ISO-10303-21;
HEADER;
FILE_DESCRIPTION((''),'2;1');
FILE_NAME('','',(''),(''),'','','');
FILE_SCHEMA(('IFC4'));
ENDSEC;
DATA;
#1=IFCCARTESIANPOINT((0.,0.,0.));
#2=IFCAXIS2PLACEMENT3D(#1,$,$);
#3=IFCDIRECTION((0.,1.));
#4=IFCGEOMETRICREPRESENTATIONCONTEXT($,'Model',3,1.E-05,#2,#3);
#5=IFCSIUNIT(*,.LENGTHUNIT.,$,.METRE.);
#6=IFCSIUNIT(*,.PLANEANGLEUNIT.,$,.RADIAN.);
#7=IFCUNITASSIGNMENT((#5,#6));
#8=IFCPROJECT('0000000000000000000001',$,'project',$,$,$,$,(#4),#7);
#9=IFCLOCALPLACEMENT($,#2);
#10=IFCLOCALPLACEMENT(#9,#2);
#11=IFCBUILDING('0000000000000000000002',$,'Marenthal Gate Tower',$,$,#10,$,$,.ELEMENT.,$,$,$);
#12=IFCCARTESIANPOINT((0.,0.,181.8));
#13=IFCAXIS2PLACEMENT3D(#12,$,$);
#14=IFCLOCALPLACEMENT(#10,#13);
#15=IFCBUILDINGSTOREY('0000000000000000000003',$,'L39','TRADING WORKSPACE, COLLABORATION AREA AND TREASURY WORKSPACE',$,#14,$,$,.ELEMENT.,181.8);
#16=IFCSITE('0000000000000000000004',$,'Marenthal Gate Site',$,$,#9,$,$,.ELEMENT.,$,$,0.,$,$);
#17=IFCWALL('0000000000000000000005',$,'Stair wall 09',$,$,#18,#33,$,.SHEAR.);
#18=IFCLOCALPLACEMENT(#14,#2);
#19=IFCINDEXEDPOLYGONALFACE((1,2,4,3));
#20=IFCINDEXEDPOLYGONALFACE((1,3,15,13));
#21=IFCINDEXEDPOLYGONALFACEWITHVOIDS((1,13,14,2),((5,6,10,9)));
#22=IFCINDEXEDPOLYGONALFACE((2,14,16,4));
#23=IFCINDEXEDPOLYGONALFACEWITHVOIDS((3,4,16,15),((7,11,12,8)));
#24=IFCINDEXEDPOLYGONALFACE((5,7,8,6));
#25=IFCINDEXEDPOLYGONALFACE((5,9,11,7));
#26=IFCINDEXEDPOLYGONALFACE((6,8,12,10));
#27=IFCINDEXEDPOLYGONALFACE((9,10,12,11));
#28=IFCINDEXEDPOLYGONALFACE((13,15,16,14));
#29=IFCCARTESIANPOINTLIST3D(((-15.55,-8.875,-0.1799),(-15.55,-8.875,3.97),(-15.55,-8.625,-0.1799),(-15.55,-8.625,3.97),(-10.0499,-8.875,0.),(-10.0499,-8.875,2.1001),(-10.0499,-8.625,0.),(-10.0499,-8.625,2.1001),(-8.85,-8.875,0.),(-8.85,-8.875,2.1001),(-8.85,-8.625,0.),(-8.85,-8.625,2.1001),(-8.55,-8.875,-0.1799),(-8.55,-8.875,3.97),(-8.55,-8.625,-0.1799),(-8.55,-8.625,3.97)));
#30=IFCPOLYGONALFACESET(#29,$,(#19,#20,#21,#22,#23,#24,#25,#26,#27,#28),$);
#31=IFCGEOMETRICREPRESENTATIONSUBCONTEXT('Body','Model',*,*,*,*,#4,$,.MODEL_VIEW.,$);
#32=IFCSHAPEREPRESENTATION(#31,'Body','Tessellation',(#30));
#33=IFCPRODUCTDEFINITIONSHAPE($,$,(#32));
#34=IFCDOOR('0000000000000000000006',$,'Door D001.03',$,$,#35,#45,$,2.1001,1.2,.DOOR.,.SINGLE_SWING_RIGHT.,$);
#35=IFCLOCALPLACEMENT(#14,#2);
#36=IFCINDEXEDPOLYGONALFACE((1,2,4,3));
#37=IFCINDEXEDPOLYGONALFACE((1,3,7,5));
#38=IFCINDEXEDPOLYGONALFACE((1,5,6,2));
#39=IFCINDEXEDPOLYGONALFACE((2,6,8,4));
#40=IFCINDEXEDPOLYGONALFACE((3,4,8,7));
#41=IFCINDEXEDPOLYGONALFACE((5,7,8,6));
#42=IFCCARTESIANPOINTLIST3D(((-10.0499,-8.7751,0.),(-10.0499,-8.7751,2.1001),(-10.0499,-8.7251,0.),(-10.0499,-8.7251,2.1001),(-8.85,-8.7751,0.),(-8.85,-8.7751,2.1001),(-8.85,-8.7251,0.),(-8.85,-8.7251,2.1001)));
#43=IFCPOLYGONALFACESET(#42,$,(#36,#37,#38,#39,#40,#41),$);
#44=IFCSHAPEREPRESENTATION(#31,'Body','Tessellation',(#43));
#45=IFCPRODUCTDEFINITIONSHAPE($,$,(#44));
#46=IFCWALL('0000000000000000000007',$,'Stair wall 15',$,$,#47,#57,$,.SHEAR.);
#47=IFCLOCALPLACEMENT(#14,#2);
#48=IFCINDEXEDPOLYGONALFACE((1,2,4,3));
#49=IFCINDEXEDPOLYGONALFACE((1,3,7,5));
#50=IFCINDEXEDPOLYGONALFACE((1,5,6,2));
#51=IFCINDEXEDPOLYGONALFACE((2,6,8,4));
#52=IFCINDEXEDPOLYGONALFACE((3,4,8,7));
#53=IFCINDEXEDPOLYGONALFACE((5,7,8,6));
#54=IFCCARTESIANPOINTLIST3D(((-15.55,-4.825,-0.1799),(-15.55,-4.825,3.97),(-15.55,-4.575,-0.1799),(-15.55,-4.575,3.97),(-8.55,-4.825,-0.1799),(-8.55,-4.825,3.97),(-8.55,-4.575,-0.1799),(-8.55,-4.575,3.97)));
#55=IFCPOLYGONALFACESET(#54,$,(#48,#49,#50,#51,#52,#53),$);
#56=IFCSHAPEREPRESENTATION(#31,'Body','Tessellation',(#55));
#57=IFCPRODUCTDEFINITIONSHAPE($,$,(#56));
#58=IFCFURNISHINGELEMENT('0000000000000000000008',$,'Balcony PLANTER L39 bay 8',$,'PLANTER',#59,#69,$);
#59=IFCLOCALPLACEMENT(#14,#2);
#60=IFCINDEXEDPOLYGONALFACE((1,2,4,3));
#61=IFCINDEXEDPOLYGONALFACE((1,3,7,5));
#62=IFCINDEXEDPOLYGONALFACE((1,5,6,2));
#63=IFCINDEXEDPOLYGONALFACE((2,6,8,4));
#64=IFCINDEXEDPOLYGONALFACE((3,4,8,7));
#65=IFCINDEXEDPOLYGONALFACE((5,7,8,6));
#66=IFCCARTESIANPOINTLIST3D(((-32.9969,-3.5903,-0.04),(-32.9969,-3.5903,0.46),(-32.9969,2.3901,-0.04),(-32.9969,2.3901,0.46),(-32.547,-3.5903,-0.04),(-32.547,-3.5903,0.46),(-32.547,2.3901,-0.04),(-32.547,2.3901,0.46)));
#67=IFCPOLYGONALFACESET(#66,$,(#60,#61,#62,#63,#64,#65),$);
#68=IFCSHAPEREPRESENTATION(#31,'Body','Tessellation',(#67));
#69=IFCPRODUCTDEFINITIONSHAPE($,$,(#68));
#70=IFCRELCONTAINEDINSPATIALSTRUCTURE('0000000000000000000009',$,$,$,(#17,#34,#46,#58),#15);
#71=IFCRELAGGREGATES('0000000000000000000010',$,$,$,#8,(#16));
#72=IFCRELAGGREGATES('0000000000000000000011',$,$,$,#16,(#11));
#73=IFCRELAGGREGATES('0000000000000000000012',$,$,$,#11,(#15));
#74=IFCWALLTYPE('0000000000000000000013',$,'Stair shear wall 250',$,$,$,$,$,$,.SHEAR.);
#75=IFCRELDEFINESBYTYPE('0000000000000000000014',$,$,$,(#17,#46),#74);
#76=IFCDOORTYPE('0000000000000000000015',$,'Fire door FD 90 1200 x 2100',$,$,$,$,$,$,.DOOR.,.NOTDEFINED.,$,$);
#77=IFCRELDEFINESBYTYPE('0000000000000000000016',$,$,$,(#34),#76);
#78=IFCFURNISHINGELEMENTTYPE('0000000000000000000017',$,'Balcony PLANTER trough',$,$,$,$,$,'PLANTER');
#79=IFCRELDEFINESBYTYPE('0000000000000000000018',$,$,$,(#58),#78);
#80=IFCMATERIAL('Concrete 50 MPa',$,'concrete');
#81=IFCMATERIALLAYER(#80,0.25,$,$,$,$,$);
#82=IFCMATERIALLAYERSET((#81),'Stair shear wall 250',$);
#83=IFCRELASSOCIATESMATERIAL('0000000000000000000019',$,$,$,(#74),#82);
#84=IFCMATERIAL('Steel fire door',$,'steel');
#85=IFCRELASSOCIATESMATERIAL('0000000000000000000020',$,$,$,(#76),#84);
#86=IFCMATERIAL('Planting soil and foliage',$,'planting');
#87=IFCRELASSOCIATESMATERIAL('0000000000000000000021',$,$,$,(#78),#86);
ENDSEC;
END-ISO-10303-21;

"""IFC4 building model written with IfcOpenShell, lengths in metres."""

from ifc_helpers import new_model, si_unit, direction, frame, frame_2d, origin, origin_2d, place, context, subcontext, project, spatial, rectangle, extrude, material, layer, layer_set, type_object, element, fill, save


model = new_model("IFC4")

# Units and contexts
model_context = context("Model", 3, precision=1e-05, world=origin(), true_north=direction((0.0, 1.0)))
body_context = subcontext(model_context, "Body", "Model", "MODEL_VIEW")
ifc_project = project(units=[si_unit("LENGTHUNIT", "METRE"), si_unit("PLANEANGLEUNIT", "RADIAN")], contexts=[model_context])

# Site, building, storey
site_placement = place(None, origin())
site = spatial("IfcSite", under=ifc_project, at=site_placement, Name="Marenthal Gate Site", CompositionType="ELEMENT", RefElevation=0.0)
building_placement = place(site_placement, origin())
building = spatial("IfcBuilding", under=site, at=building_placement, Name="Marenthal Gate Tower", CompositionType="ELEMENT")
storey_placement = place(building_placement, frame((0.0, 0.0, 181.8)))
storey = spatial("IfcBuildingStorey", under=building, at=storey_placement, Name="L39", Description="TRADING WORKSPACE, COLLABORATION AREA AND TREASURY WORKSPACE", CompositionType="ELEMENT", Elevation=181.8)

# Wall, opening, door
ifc_material_1 = material(Name="Concrete 50 MPa", Category="concrete")
ifc_layer_1 = layer(ifc_material_1, 0.25)
ifc_layer_set_1 = layer_set([ifc_layer_1], Name="Stair shear wall 250")
wall_type_1 = type_object("IfcWallType", Name="Stair shear wall 250", PredefinedType="SHEAR", material=ifc_layer_set_1)
wall_1_placement = place(storey_placement, frame((-15.55, -8.75, -0.1799), z_axis=(0.0, 0.0, 1.0), x_axis=(1.0, 0.0, 0.0)))
wall_1 = element("IfcWall", 1, at=wall_1_placement, inside=storey, type_object=wall_type_1, Name="Stair wall 09", PredefinedType="SHEAR", context=body_context, shape_type="SweptSolid", body=[
    extrude(rectangle(XDim=7.0, YDim=0.25, at=frame_2d((3.5, 0.0))), origin(), (0.0, 0.0, 1.0), 4.1499),
])
opening_placement = place(wall_1_placement, frame((5.5, 0.0, 0.1799)))
opening = element("IfcOpeningElement", 2, at=opening_placement, cuts=wall_1, PredefinedType="OPENING", context=body_context, shape_type="SweptSolid", body=[
    extrude(rectangle(XDim=1.2, YDim=2.1001, at=frame_2d((0.6001, 1.05))), frame((0.0, 0.135, 0.0), z_axis=(0.0, -1.0, 0.0), x_axis=(1.0, 0.0, 0.0)), (0.0, 0.0, 1.0), 0.27),
])
ifc_material_2 = material(Name="Steel fire door", Category="steel")
door_type = type_object("IfcDoorType", Name="Fire door FD 90 1200 x 2100", OperationType="NOTDEFINED", PredefinedType="DOOR", material=ifc_material_2)
door_placement = place(opening_placement, origin())
door = element("IfcDoor", 3, at=door_placement, inside=storey, type_object=door_type, Name="Door D001.03", OperationType="SINGLE_SWING_RIGHT", OverallHeight=2.1001, OverallWidth=1.2, PredefinedType="DOOR", context=body_context, shape_type="SweptSolid", body=[
    extrude(rectangle(XDim=1.2, YDim=2.1001, at=frame_2d((0.6001, 1.05))), frame((0.0, 0.0249, 0.0), z_axis=(0.0, -1.0, 0.0), x_axis=(1.0, 0.0, 0.0)), (0.0, 0.0, 1.0), 0.05),
])
fill(opening, door)

# Wall
wall_2_placement = place(storey_placement, frame((-15.55, -4.7, -0.1799), z_axis=(0.0, 0.0, 1.0), x_axis=(1.0, 0.0, 0.0)))
element("IfcWall", 4, at=wall_2_placement, inside=storey, type_object=wall_type_1, Name="Stair wall 15", PredefinedType="SHEAR", context=body_context, shape_type="SweptSolid", body=[
    extrude(rectangle(XDim=7.0, YDim=0.25, at=frame_2d((3.5, 0.0))), origin(), (0.0, 0.0, 1.0), 4.1499),
])

# Furnishing element
ifc_material_3 = material(Name="Planting soil and foliage", Category="planting")
furnishing_element_type = type_object("IfcFurnishingElementType", Name="Balcony PLANTER trough", ElementType="PLANTER", material=ifc_material_3)
furnishing_placement = place(storey_placement, frame((-32.772, -0.6001, -0.04), z_axis=(0.0, 0.0, 1.0), x_axis=(0.0, -1.0, 0.0)))
element("IfcFurnishingElement", 5, at=furnishing_placement, inside=storey, type_object=furnishing_element_type, Name="Balcony PLANTER L39 bay 8", ObjectType="PLANTER", context=body_context, shape_type="SweptSolid", body=[
    extrude(rectangle(XDim=5.9805, YDim=0.45, at=origin_2d()), origin(), (0.0, 0.0, 1.0), 0.5),
])

save(model, "model.ifc")
